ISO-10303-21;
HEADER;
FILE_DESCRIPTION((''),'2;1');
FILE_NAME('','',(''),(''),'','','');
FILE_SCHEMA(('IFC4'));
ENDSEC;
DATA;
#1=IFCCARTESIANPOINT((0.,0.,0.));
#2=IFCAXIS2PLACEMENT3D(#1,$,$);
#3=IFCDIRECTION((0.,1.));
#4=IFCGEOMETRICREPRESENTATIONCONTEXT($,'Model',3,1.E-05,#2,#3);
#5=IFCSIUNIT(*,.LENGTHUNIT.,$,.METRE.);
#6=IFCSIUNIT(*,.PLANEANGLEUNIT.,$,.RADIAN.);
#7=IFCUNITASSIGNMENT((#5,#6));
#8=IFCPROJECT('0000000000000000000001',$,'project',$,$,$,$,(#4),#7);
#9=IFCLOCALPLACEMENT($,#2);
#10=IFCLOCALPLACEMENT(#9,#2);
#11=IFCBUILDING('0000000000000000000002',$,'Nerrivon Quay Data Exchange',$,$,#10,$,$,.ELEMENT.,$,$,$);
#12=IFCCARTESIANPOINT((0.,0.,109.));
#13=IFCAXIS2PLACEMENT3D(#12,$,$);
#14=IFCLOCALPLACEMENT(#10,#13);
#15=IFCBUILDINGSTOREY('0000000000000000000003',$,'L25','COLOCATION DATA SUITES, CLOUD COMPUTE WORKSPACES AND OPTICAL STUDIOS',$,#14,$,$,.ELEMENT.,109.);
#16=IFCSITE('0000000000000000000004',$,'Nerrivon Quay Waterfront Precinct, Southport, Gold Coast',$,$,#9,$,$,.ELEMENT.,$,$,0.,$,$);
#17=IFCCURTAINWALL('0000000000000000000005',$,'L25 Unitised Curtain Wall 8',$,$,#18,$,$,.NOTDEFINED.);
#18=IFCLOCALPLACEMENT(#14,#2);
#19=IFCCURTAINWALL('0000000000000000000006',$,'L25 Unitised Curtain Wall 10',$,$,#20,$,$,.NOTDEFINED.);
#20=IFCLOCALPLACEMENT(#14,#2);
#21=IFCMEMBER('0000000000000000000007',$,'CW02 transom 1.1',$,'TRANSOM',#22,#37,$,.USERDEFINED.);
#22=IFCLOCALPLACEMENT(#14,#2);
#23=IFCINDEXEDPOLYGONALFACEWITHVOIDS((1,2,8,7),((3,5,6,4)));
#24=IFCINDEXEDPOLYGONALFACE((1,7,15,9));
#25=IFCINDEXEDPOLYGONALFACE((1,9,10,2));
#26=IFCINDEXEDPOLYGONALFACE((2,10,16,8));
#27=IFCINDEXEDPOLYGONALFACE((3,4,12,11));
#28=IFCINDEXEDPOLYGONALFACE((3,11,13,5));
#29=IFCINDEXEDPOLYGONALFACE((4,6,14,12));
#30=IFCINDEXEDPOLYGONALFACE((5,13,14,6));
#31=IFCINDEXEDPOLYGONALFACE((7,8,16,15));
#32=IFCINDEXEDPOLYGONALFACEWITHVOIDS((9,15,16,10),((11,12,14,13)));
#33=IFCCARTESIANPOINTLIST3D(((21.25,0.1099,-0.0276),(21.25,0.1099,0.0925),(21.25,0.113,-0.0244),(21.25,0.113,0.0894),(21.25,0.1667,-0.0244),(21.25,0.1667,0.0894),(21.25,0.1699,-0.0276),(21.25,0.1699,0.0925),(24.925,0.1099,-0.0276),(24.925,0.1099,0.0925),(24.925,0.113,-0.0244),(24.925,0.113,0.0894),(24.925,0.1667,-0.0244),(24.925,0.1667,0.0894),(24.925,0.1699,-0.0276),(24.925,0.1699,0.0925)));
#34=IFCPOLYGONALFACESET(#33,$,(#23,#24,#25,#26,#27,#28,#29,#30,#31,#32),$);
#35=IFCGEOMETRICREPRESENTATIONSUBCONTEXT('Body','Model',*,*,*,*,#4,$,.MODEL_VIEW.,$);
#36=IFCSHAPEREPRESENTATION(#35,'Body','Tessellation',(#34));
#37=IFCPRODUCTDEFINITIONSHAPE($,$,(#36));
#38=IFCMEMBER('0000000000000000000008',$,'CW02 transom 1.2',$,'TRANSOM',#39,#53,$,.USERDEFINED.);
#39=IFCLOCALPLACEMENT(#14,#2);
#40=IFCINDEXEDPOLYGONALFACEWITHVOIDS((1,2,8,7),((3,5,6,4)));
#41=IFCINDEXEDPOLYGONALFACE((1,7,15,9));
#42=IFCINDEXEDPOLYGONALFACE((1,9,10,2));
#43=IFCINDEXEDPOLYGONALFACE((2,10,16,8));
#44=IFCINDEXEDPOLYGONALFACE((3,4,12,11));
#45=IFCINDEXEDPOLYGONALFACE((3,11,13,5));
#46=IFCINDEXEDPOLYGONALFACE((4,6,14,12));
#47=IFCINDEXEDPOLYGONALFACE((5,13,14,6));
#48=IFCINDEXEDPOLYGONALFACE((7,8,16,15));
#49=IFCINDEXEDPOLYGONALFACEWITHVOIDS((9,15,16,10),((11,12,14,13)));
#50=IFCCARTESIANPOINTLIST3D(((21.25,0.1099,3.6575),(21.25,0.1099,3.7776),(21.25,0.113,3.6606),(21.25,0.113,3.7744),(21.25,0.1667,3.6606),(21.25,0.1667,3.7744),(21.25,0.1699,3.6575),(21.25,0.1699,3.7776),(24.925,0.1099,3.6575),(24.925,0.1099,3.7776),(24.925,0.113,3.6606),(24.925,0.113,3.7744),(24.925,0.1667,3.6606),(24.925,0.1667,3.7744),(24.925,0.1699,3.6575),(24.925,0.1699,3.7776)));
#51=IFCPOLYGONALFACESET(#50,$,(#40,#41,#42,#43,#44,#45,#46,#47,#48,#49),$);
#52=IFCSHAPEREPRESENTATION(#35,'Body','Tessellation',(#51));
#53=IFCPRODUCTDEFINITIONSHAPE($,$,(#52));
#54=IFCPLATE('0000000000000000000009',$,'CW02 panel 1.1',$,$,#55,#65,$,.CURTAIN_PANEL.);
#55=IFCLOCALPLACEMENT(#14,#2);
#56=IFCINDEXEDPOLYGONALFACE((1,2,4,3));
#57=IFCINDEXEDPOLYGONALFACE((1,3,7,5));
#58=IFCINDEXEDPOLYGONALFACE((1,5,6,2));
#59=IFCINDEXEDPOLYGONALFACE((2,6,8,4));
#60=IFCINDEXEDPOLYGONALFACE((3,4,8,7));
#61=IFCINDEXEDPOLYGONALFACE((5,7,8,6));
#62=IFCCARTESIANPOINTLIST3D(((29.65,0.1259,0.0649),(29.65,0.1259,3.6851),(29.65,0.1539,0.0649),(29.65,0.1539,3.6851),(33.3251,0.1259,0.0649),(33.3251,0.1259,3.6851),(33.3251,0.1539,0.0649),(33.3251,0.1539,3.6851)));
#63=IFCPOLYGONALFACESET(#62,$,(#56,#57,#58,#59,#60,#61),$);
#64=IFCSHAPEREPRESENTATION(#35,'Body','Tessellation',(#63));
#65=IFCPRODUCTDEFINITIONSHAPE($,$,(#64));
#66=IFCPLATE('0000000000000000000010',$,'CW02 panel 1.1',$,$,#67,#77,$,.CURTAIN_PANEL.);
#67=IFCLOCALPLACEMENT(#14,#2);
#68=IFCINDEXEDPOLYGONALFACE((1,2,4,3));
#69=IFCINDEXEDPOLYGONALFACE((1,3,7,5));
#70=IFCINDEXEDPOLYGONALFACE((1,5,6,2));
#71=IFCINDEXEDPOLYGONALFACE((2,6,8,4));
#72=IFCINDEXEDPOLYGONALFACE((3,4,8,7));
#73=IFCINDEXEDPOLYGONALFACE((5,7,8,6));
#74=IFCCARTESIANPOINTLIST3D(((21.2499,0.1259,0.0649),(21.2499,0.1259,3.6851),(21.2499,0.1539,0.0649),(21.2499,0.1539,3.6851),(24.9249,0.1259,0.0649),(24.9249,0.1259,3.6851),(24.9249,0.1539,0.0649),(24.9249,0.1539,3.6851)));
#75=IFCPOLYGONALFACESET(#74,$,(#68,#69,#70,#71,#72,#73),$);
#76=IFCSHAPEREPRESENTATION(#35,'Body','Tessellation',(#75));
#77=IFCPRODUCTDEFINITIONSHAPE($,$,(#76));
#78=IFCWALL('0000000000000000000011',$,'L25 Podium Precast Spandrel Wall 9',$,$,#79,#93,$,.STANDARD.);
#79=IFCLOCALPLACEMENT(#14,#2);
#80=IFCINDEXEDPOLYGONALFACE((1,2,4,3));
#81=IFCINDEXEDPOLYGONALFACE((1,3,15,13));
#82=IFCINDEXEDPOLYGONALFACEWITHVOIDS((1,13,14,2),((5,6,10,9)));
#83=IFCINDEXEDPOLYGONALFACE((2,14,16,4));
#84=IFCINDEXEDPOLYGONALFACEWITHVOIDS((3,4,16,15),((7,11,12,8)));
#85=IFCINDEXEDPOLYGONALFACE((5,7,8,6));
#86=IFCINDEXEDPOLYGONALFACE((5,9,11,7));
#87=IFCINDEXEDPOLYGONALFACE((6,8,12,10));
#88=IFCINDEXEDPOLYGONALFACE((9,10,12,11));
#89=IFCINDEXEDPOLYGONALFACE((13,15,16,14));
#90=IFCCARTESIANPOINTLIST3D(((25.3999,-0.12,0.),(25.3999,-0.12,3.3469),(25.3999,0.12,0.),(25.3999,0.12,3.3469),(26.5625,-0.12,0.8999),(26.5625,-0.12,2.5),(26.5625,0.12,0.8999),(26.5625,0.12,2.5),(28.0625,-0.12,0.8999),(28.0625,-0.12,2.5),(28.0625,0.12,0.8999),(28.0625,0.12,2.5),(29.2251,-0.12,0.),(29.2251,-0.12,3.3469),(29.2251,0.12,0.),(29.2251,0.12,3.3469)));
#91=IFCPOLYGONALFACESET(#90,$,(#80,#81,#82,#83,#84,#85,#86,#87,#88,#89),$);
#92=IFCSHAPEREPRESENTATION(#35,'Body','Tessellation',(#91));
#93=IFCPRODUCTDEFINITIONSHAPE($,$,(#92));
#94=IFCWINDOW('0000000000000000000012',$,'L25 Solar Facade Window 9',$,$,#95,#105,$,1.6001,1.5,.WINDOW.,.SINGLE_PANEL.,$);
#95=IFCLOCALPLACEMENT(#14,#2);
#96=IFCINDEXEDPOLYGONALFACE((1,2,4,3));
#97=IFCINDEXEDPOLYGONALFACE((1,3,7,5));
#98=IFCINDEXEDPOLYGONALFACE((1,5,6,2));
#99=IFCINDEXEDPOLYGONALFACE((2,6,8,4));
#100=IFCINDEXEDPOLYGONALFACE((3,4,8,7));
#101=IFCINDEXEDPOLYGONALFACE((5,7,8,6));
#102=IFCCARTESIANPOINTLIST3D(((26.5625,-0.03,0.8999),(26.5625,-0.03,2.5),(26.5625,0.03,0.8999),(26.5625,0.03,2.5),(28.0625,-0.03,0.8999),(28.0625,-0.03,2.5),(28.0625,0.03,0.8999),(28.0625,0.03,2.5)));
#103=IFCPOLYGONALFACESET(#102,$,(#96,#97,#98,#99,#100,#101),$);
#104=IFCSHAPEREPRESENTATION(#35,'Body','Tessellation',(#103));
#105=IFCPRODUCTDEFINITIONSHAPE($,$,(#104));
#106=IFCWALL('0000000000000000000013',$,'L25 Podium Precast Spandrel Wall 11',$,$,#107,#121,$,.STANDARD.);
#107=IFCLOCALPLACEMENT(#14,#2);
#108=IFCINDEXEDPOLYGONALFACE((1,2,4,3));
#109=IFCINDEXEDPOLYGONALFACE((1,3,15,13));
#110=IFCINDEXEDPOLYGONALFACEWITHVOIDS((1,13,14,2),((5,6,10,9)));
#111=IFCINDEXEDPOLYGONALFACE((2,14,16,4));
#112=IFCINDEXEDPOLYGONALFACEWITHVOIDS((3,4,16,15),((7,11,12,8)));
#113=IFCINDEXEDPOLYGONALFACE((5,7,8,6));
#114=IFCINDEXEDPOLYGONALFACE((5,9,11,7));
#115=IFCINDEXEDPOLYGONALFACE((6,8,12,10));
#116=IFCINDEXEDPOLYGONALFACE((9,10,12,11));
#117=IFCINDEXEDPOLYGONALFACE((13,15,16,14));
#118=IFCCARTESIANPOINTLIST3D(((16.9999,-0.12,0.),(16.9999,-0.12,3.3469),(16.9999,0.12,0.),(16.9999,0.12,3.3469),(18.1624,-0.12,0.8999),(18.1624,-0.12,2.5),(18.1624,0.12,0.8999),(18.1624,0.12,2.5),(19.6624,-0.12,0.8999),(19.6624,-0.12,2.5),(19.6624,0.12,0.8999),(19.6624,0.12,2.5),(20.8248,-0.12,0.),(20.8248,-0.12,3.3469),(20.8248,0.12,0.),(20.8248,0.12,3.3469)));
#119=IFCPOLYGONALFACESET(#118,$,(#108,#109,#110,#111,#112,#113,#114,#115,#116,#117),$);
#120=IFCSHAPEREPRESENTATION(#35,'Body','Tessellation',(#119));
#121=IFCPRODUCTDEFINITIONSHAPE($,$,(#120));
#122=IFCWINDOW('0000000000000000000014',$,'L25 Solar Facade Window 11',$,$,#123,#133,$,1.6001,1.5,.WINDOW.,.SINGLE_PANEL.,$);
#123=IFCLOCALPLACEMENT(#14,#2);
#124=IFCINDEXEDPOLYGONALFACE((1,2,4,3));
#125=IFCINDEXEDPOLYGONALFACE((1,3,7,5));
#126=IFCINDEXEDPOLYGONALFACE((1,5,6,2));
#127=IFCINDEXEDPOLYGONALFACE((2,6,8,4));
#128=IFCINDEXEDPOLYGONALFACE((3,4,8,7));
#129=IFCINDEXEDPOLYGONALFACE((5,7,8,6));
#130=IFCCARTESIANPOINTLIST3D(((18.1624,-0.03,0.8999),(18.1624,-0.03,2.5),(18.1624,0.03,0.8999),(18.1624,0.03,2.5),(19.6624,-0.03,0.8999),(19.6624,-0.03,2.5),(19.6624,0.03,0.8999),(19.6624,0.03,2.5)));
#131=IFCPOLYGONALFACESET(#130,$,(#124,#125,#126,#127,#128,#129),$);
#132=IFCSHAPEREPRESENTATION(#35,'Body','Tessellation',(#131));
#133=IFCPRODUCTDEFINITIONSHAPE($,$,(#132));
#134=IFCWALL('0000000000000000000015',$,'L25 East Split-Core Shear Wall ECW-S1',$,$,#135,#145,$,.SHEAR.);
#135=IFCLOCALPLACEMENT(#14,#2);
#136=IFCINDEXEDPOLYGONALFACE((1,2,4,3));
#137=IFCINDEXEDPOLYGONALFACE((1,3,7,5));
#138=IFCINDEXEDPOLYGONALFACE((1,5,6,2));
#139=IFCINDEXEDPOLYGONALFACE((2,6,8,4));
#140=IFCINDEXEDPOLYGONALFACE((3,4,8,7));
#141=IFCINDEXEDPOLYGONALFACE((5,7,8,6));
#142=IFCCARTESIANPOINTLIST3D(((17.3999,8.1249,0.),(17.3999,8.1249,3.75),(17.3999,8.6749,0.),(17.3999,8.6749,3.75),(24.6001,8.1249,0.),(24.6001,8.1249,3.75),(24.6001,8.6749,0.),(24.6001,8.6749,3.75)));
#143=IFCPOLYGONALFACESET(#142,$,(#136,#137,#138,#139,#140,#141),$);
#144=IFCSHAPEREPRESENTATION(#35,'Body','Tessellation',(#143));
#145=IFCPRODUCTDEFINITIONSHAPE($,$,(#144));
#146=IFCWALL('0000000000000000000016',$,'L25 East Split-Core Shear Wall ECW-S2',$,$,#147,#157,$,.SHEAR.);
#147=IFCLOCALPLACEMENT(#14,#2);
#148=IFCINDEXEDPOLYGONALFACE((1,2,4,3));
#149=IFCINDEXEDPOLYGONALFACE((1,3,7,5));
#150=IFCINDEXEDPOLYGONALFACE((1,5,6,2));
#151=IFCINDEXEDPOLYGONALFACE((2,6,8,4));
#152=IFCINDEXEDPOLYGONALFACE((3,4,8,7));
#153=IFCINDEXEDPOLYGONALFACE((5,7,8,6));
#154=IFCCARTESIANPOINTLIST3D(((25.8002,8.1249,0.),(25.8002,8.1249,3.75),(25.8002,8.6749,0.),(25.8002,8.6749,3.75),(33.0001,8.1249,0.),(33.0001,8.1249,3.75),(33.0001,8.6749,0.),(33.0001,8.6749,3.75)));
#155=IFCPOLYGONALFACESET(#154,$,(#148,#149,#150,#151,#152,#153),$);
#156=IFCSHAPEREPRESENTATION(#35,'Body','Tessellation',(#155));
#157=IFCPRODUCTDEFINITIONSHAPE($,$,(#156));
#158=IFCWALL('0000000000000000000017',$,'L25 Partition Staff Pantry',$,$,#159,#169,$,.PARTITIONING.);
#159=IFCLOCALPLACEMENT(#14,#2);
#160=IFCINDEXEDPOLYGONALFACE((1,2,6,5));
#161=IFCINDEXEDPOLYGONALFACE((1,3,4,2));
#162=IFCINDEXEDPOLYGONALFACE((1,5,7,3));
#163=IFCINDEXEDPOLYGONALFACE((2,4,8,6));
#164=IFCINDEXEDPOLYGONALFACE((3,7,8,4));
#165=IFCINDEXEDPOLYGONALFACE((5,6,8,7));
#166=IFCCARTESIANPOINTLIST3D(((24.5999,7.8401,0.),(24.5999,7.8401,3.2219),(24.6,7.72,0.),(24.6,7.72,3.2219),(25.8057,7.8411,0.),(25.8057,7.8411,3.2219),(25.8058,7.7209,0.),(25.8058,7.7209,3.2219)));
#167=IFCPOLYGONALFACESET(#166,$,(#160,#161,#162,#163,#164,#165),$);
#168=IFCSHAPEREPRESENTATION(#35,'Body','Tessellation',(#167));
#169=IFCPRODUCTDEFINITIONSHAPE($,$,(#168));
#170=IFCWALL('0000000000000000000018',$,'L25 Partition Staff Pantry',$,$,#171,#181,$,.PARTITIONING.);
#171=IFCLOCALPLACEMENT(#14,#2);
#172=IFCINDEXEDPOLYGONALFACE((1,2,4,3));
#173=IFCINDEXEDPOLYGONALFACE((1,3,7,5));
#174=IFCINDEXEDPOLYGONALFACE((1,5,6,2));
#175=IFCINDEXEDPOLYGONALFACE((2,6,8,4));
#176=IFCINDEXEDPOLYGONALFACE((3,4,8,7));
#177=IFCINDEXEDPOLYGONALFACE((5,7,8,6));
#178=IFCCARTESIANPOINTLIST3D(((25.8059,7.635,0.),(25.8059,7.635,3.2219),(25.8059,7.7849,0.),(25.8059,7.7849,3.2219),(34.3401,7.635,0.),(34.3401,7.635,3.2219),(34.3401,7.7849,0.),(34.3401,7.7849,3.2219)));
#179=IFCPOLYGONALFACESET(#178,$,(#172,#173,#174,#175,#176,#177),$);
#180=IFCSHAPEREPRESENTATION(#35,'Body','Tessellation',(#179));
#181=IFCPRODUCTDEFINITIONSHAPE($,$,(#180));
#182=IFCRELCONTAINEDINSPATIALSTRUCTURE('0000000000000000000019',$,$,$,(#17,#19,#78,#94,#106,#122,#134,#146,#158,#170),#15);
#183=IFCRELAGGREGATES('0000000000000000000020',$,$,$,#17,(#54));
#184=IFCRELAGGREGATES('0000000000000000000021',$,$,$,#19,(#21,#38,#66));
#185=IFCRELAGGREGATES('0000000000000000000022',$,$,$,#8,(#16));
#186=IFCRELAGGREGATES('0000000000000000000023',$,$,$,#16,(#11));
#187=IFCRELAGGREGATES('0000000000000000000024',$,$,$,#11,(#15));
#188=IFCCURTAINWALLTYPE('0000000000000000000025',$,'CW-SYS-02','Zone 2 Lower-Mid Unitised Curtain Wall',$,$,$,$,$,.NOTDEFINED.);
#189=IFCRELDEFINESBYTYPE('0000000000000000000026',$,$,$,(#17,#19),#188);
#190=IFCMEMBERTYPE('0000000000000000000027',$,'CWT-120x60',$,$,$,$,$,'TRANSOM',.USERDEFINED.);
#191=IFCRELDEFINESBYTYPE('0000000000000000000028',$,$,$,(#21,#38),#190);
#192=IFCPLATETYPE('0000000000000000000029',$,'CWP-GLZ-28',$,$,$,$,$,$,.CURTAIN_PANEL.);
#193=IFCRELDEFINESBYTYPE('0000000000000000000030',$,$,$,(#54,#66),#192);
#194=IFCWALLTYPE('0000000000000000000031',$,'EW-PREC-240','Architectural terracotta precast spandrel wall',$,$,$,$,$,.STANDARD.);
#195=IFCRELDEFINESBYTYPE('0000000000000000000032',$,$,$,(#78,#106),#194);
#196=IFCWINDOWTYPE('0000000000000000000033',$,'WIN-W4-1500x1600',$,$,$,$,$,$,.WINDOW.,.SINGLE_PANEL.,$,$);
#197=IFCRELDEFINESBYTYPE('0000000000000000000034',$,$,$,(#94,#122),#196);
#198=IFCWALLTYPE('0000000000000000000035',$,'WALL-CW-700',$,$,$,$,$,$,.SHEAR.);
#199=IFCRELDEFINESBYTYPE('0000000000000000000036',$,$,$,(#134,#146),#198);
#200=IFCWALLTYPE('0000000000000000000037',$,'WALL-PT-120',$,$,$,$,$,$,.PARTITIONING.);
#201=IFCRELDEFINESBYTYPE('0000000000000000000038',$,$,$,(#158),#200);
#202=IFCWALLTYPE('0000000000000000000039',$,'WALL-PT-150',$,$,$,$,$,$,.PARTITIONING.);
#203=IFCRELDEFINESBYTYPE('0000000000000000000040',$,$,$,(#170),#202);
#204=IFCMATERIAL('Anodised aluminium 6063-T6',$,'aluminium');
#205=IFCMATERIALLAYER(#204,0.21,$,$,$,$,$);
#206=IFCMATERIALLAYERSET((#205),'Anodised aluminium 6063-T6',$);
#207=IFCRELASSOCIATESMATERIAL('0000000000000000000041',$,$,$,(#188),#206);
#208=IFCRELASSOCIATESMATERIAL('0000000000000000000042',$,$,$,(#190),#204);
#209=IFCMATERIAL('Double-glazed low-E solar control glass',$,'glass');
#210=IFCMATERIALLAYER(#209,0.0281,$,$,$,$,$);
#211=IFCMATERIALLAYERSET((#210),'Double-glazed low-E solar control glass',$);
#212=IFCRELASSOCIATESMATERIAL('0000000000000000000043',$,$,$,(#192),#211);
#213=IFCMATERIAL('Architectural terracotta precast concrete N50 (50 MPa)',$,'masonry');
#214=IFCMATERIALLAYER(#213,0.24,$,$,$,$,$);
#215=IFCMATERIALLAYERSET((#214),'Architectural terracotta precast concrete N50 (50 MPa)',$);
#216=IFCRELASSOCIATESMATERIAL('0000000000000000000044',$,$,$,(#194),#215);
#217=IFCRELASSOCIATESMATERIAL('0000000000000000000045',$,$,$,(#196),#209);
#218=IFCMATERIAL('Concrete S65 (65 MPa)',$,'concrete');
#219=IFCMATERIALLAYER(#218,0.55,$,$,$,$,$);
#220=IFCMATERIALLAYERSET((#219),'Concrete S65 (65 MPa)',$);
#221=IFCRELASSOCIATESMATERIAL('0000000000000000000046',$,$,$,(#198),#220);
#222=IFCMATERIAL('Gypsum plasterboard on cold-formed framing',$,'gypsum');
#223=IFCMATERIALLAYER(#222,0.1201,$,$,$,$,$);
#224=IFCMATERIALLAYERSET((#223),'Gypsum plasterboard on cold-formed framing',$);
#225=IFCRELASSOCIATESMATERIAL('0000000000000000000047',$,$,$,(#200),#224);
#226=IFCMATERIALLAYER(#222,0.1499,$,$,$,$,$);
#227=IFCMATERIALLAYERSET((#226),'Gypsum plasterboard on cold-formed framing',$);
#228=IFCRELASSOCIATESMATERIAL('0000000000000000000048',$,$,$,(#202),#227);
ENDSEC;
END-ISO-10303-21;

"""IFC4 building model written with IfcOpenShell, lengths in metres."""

from ifc_helpers import new_model, si_unit, direction, frame, frame_2d, origin, origin_2d, place, context, subcontext, project, spatial, rectangle, hollow_rectangle, extrude, material, layer, layer_set, material_profile, profile_set, type_object, element, fill, aggregate, save


model = new_model("IFC4")

# Units and contexts
model_context = context("Model", 3, precision=1e-05, world=origin(), true_north=direction((0.0, 1.0)))
body_context = subcontext(model_context, "Body", "Model", "MODEL_VIEW")
ifc_project = project(units=[si_unit("LENGTHUNIT", "METRE"), si_unit("PLANEANGLEUNIT", "RADIAN")], contexts=[model_context])

# Site, building, storey
site_placement = place(None, origin())
site = spatial("IfcSite", under=ifc_project, at=site_placement, Name="Nerrivon Quay Waterfront Precinct, Southport, Gold Coast", CompositionType="ELEMENT", RefElevation=0.0)
building_placement = place(site_placement, origin())
building = spatial("IfcBuilding", under=site, at=building_placement, Name="Nerrivon Quay Data Exchange", CompositionType="ELEMENT")
storey_placement = place(building_placement, frame((0.0, 0.0, 109.0)))
storey = spatial("IfcBuildingStorey", under=building, at=storey_placement, Name="L25", Description="COLOCATION DATA SUITES, CLOUD COMPUTE WORKSPACES AND OPTICAL STUDIOS", CompositionType="ELEMENT", Elevation=109.0)

# Shared definitions
ifc_material_1 = material(Name="Concrete S65 (65 MPa)", Category="concrete")

# Curtain wall
ifc_material_2 = material(Name="Anodised aluminium 6063-T6", Category="aluminium")
ifc_layer_1 = layer(ifc_material_2, 0.21)
ifc_layer_set_1 = layer_set([ifc_layer_1], Name="Anodised aluminium 6063-T6")
curtain_wall_type = type_object("IfcCurtainWallType", Name="CW-SYS-02", Description="Zone 2 Lower-Mid Unitised Curtain Wall", PredefinedType="NOTDEFINED", material=ifc_layer_set_1)
curtain_wall_1_placement = place(storey_placement, origin())
curtain_wall_1 = element("IfcCurtainWall", 1, at=curtain_wall_1_placement, inside=storey, type_object=curtain_wall_type, Name="L25 Unitised Curtain Wall 8", PredefinedType="NOTDEFINED")

# Curtain wall, members
curtain_wall_2_placement = place(storey_placement, origin())
curtain_wall_2 = element("IfcCurtainWall", 2, at=curtain_wall_2_placement, inside=storey, type_object=curtain_wall_type, Name="L25 Unitised Curtain Wall 10", PredefinedType="NOTDEFINED")
ifc_material_profile_1 = material_profile(ifc_material_2, hollow_rectangle(XDim=0.0601, YDim=0.1201, WallThickness=0.0032, at=origin_2d()), Name="ALU-TRAN-120x60")
ifc_profile_set_1 = profile_set([ifc_material_profile_1], Name="Anodised aluminium 6063-T6")
member_type_1 = type_object("IfcMemberType", Name="CWT-120x60", ElementType="TRANSOM", PredefinedType="USERDEFINED", material=ifc_profile_set_1)
member_1_placement = place(storey_placement, frame((24.925, 0.1399, 0.0325), z_axis=(-1.0, 0.0, 0.0), x_axis=(0.0, -1.0, 0.0)))
member_1 = element("IfcMember", 3, at=member_1_placement, type_object=member_type_1, Name="CW02 transom 1.1", ObjectType="TRANSOM", PredefinedType="USERDEFINED", context=body_context, shape_type="SweptSolid", body=[
    extrude(hollow_rectangle(XDim=0.0601, YDim=0.1201, WallThickness=0.0032, at=origin_2d()), origin(), (0.0, 0.0, 1.0), 3.675),
])
member_2_placement = place(storey_placement, frame((24.925, 0.1399, 3.7175), z_axis=(-1.0, 0.0, 0.0), x_axis=(0.0, -1.0, 0.0)))
member_2 = element("IfcMember", 4, at=member_2_placement, type_object=member_type_1, Name="CW02 transom 1.2", ObjectType="TRANSOM", PredefinedType="USERDEFINED", context=body_context, shape_type="SweptSolid", body=[
    extrude(hollow_rectangle(XDim=0.0601, YDim=0.1201, WallThickness=0.0032, at=origin_2d()), origin(), (0.0, 0.0, 1.0), 3.675),
])

# Plates
ifc_material_3 = material(Name="Double-glazed low-E solar control glass", Category="glass")
ifc_layer_2 = layer(ifc_material_3, 0.0281)
ifc_layer_set_2 = layer_set([ifc_layer_2], Name="Double-glazed low-E solar control glass")
plate_type = type_object("IfcPlateType", Name="CWP-GLZ-28", PredefinedType="CURTAIN_PANEL", material=ifc_layer_set_2)
plate_1_placement = place(storey_placement, frame((31.4875, 0.1399, 0.0649), z_axis=(0.0, 0.0, 1.0), x_axis=(-1.0, 0.0, 0.0)))
plate_1 = element("IfcPlate", 5, at=plate_1_placement, type_object=plate_type, Name="CW02 panel 1.1", PredefinedType="CURTAIN_PANEL", context=body_context, shape_type="SweptSolid", body=[
    extrude(rectangle(XDim=3.675, YDim=0.0281, at=origin_2d()), origin(), (0.0, 0.0, 1.0), 3.6201),
])
aggregate(curtain_wall_1, [plate_1])
plate_2_placement = place(storey_placement, frame((23.0874, 0.1399, 0.0649), z_axis=(0.0, 0.0, 1.0), x_axis=(-1.0, 0.0, 0.0)))
plate_2 = element("IfcPlate", 6, at=plate_2_placement, type_object=plate_type, Name="CW02 panel 1.1", PredefinedType="CURTAIN_PANEL", context=body_context, shape_type="SweptSolid", body=[
    extrude(rectangle(XDim=3.675, YDim=0.0281, at=origin_2d()), origin(), (0.0, 0.0, 1.0), 3.6201),
])
aggregate(curtain_wall_2, [member_1, member_2, plate_2])

# Walls, openings, windows
ifc_material_4 = material(Name="Architectural terracotta precast concrete N50 (50 MPa)", Category="masonry")
ifc_layer_3 = layer(ifc_material_4, 0.24)
ifc_layer_set_3 = layer_set([ifc_layer_3], Name="Architectural terracotta precast concrete N50 (50 MPa)")
wall_type_1 = type_object("IfcWallType", Name="EW-PREC-240", Description="Architectural terracotta precast spandrel wall", PredefinedType="STANDARD", material=ifc_layer_set_3)
wall_1_placement = place(storey_placement, frame((29.2251, 0.0, 0.0), z_axis=(0.0, 0.0, 1.0), x_axis=(-1.0, 0.0, 0.0)))
wall_1 = element("IfcWall", 7, at=wall_1_placement, inside=storey, type_object=wall_type_1, Name="L25 Podium Precast Spandrel Wall 9", PredefinedType="STANDARD", context=body_context, shape_type="SweptSolid", body=[
    extrude(rectangle(XDim=3.8252, YDim=0.24, at=frame_2d((1.9126, 0.0))), origin(), (0.0, 0.0, 1.0), 3.3469),
])
opening_1_placement = place(wall_1_placement, frame((1.1626, 0.0, 0.8999)))
opening_1 = element("IfcOpeningElement", 8, at=opening_1_placement, cuts=wall_1, PredefinedType="OPENING", context=body_context, shape_type="SweptSolid", body=[
    extrude(rectangle(XDim=1.5, YDim=1.6001, at=frame_2d((0.75, 0.8))), frame((0.0, 0.1299, 0.0), z_axis=(0.0, -1.0, 0.0), x_axis=(1.0, 0.0, 0.0)), (0.0, 0.0, 1.0), 0.26),
])
window_type = type_object("IfcWindowType", Name="WIN-W4-1500x1600", PartitioningType="SINGLE_PANEL", PredefinedType="WINDOW", material=ifc_material_3)
window_1_placement = place(opening_1_placement, origin())
window_1 = element("IfcWindow", 9, at=window_1_placement, inside=storey, type_object=window_type, Name="L25 Solar Facade Window 9", OverallHeight=1.6001, OverallWidth=1.5, PartitioningType="SINGLE_PANEL", PredefinedType="WINDOW", context=body_context, shape_type="SweptSolid", body=[
    extrude(rectangle(XDim=1.5, YDim=1.6001, at=frame_2d((0.75, 0.8))), frame((0.0, 0.03, 0.0), z_axis=(0.0, -1.0, 0.0), x_axis=(1.0, 0.0, 0.0)), (0.0, 0.0, 1.0), 0.0601),
])
fill(opening_1, window_1)
wall_2_placement = place(storey_placement, frame((20.825, 0.0, 0.0), z_axis=(0.0, 0.0, 1.0), x_axis=(-1.0, 0.0, 0.0)))
wall_2 = element("IfcWall", 10, at=wall_2_placement, inside=storey, type_object=wall_type_1, Name="L25 Podium Precast Spandrel Wall 11", PredefinedType="STANDARD", context=body_context, shape_type="SweptSolid", body=[
    extrude(rectangle(XDim=3.825, YDim=0.24, at=frame_2d((1.9126, 0.0))), origin(), (0.0, 0.0, 1.0), 3.3469),
])
opening_2_placement = place(wall_2_placement, frame((1.1626, 0.0, 0.8999)))
opening_2 = element("IfcOpeningElement", 11, at=opening_2_placement, cuts=wall_2, PredefinedType="OPENING", context=body_context, shape_type="SweptSolid", body=[
    extrude(rectangle(XDim=1.5, YDim=1.6001, at=frame_2d((0.75, 0.8))), frame((0.0, 0.1299, 0.0), z_axis=(0.0, -1.0, 0.0), x_axis=(1.0, 0.0, 0.0)), (0.0, 0.0, 1.0), 0.26),
])
window_2_placement = place(opening_2_placement, origin())
window_2 = element("IfcWindow", 12, at=window_2_placement, inside=storey, type_object=window_type, Name="L25 Solar Facade Window 11", OverallHeight=1.6001, OverallWidth=1.5, PartitioningType="SINGLE_PANEL", PredefinedType="WINDOW", context=body_context, shape_type="SweptSolid", body=[
    extrude(rectangle(XDim=1.5, YDim=1.6001, at=frame_2d((0.75, 0.8))), frame((0.0, 0.03, 0.0), z_axis=(0.0, -1.0, 0.0), x_axis=(1.0, 0.0, 0.0)), (0.0, 0.0, 1.0), 0.0601),
])
fill(opening_2, window_2)

# Walls
ifc_layer_4 = layer(ifc_material_1, 0.55)
ifc_layer_set_4 = layer_set([ifc_layer_4], Name="Concrete S65 (65 MPa)")
wall_type_2 = type_object("IfcWallType", Name="WALL-CW-700", PredefinedType="SHEAR", material=ifc_layer_set_4)
wall_3_placement = place(storey_placement, frame((17.3999, 8.3999, 0.0), z_axis=(0.0, 0.0, 1.0), x_axis=(1.0, 0.0, 0.0)))
element("IfcWall", 13, at=wall_3_placement, inside=storey, type_object=wall_type_2, Name="L25 East Split-Core Shear Wall ECW-S1", PredefinedType="SHEAR", context=body_context, shape_type="SweptSolid", body=[
    extrude(rectangle(XDim=7.2002, YDim=0.55, at=frame_2d((3.6001, 0.0))), origin(), (0.0, 0.0, 1.0), 3.75),
])
wall_4_placement = place(storey_placement, frame((25.8, 8.3999, 0.0), z_axis=(0.0, 0.0, 1.0), x_axis=(1.0, 0.0, 0.0)))
element("IfcWall", 14, at=wall_4_placement, inside=storey, type_object=wall_type_2, Name="L25 East Split-Core Shear Wall ECW-S2", PredefinedType="SHEAR", context=body_context, shape_type="SweptSolid", body=[
    extrude(rectangle(XDim=7.2, YDim=0.55, at=frame_2d((3.6001, 0.0))), origin(), (0.0, 0.0, 1.0), 3.75),
])

# Walls
ifc_material_5 = material(Name="Gypsum plasterboard on cold-formed framing", Category="gypsum")
ifc_layer_5 = layer(ifc_material_5, 0.1201)
ifc_layer_set_5 = layer_set([ifc_layer_5], Name="Gypsum plasterboard on cold-formed framing")
wall_type_3 = type_object("IfcWallType", Name="WALL-PT-120", PredefinedType="PARTITIONING", material=ifc_layer_set_5)
wall_5_placement = place(storey_placement, frame((25.8059, 7.781, 0.0), z_axis=(0.0, 0.0, 1.0), x_axis=(-1.0, -0.00081, 0.0)))
element("IfcWall", 15, at=wall_5_placement, inside=storey, type_object=wall_type_3, Name="L25 Partition Staff Pantry", PredefinedType="PARTITIONING", context=body_context, shape_type="SweptSolid", body=[
    extrude(rectangle(XDim=1.2058, YDim=0.1201, at=frame_2d((0.603, 0.0))), origin(), (0.0, 0.0, 1.0), 3.2219),
])
ifc_layer_6 = layer(ifc_material_5, 0.1499)
ifc_layer_set_6 = layer_set([ifc_layer_6], Name="Gypsum plasterboard on cold-formed framing")
wall_type_4 = type_object("IfcWallType", Name="WALL-PT-150", PredefinedType="PARTITIONING", material=ifc_layer_set_6)
wall_6_placement = place(storey_placement, frame((25.8059, 7.71, 0.0), z_axis=(0.0, 0.0, 1.0), x_axis=(1.0, 0.0, 0.0)))
element("IfcWall", 16, at=wall_6_placement, inside=storey, type_object=wall_type_4, Name="L25 Partition Staff Pantry", PredefinedType="PARTITIONING", context=body_context, shape_type="SweptSolid", body=[
    extrude(rectangle(XDim=8.5342, YDim=0.1499, at=frame_2d((4.2671, 0.0))), origin(), (0.0, 0.0, 1.0), 3.2219),
])

save(model, "model.ifc")
